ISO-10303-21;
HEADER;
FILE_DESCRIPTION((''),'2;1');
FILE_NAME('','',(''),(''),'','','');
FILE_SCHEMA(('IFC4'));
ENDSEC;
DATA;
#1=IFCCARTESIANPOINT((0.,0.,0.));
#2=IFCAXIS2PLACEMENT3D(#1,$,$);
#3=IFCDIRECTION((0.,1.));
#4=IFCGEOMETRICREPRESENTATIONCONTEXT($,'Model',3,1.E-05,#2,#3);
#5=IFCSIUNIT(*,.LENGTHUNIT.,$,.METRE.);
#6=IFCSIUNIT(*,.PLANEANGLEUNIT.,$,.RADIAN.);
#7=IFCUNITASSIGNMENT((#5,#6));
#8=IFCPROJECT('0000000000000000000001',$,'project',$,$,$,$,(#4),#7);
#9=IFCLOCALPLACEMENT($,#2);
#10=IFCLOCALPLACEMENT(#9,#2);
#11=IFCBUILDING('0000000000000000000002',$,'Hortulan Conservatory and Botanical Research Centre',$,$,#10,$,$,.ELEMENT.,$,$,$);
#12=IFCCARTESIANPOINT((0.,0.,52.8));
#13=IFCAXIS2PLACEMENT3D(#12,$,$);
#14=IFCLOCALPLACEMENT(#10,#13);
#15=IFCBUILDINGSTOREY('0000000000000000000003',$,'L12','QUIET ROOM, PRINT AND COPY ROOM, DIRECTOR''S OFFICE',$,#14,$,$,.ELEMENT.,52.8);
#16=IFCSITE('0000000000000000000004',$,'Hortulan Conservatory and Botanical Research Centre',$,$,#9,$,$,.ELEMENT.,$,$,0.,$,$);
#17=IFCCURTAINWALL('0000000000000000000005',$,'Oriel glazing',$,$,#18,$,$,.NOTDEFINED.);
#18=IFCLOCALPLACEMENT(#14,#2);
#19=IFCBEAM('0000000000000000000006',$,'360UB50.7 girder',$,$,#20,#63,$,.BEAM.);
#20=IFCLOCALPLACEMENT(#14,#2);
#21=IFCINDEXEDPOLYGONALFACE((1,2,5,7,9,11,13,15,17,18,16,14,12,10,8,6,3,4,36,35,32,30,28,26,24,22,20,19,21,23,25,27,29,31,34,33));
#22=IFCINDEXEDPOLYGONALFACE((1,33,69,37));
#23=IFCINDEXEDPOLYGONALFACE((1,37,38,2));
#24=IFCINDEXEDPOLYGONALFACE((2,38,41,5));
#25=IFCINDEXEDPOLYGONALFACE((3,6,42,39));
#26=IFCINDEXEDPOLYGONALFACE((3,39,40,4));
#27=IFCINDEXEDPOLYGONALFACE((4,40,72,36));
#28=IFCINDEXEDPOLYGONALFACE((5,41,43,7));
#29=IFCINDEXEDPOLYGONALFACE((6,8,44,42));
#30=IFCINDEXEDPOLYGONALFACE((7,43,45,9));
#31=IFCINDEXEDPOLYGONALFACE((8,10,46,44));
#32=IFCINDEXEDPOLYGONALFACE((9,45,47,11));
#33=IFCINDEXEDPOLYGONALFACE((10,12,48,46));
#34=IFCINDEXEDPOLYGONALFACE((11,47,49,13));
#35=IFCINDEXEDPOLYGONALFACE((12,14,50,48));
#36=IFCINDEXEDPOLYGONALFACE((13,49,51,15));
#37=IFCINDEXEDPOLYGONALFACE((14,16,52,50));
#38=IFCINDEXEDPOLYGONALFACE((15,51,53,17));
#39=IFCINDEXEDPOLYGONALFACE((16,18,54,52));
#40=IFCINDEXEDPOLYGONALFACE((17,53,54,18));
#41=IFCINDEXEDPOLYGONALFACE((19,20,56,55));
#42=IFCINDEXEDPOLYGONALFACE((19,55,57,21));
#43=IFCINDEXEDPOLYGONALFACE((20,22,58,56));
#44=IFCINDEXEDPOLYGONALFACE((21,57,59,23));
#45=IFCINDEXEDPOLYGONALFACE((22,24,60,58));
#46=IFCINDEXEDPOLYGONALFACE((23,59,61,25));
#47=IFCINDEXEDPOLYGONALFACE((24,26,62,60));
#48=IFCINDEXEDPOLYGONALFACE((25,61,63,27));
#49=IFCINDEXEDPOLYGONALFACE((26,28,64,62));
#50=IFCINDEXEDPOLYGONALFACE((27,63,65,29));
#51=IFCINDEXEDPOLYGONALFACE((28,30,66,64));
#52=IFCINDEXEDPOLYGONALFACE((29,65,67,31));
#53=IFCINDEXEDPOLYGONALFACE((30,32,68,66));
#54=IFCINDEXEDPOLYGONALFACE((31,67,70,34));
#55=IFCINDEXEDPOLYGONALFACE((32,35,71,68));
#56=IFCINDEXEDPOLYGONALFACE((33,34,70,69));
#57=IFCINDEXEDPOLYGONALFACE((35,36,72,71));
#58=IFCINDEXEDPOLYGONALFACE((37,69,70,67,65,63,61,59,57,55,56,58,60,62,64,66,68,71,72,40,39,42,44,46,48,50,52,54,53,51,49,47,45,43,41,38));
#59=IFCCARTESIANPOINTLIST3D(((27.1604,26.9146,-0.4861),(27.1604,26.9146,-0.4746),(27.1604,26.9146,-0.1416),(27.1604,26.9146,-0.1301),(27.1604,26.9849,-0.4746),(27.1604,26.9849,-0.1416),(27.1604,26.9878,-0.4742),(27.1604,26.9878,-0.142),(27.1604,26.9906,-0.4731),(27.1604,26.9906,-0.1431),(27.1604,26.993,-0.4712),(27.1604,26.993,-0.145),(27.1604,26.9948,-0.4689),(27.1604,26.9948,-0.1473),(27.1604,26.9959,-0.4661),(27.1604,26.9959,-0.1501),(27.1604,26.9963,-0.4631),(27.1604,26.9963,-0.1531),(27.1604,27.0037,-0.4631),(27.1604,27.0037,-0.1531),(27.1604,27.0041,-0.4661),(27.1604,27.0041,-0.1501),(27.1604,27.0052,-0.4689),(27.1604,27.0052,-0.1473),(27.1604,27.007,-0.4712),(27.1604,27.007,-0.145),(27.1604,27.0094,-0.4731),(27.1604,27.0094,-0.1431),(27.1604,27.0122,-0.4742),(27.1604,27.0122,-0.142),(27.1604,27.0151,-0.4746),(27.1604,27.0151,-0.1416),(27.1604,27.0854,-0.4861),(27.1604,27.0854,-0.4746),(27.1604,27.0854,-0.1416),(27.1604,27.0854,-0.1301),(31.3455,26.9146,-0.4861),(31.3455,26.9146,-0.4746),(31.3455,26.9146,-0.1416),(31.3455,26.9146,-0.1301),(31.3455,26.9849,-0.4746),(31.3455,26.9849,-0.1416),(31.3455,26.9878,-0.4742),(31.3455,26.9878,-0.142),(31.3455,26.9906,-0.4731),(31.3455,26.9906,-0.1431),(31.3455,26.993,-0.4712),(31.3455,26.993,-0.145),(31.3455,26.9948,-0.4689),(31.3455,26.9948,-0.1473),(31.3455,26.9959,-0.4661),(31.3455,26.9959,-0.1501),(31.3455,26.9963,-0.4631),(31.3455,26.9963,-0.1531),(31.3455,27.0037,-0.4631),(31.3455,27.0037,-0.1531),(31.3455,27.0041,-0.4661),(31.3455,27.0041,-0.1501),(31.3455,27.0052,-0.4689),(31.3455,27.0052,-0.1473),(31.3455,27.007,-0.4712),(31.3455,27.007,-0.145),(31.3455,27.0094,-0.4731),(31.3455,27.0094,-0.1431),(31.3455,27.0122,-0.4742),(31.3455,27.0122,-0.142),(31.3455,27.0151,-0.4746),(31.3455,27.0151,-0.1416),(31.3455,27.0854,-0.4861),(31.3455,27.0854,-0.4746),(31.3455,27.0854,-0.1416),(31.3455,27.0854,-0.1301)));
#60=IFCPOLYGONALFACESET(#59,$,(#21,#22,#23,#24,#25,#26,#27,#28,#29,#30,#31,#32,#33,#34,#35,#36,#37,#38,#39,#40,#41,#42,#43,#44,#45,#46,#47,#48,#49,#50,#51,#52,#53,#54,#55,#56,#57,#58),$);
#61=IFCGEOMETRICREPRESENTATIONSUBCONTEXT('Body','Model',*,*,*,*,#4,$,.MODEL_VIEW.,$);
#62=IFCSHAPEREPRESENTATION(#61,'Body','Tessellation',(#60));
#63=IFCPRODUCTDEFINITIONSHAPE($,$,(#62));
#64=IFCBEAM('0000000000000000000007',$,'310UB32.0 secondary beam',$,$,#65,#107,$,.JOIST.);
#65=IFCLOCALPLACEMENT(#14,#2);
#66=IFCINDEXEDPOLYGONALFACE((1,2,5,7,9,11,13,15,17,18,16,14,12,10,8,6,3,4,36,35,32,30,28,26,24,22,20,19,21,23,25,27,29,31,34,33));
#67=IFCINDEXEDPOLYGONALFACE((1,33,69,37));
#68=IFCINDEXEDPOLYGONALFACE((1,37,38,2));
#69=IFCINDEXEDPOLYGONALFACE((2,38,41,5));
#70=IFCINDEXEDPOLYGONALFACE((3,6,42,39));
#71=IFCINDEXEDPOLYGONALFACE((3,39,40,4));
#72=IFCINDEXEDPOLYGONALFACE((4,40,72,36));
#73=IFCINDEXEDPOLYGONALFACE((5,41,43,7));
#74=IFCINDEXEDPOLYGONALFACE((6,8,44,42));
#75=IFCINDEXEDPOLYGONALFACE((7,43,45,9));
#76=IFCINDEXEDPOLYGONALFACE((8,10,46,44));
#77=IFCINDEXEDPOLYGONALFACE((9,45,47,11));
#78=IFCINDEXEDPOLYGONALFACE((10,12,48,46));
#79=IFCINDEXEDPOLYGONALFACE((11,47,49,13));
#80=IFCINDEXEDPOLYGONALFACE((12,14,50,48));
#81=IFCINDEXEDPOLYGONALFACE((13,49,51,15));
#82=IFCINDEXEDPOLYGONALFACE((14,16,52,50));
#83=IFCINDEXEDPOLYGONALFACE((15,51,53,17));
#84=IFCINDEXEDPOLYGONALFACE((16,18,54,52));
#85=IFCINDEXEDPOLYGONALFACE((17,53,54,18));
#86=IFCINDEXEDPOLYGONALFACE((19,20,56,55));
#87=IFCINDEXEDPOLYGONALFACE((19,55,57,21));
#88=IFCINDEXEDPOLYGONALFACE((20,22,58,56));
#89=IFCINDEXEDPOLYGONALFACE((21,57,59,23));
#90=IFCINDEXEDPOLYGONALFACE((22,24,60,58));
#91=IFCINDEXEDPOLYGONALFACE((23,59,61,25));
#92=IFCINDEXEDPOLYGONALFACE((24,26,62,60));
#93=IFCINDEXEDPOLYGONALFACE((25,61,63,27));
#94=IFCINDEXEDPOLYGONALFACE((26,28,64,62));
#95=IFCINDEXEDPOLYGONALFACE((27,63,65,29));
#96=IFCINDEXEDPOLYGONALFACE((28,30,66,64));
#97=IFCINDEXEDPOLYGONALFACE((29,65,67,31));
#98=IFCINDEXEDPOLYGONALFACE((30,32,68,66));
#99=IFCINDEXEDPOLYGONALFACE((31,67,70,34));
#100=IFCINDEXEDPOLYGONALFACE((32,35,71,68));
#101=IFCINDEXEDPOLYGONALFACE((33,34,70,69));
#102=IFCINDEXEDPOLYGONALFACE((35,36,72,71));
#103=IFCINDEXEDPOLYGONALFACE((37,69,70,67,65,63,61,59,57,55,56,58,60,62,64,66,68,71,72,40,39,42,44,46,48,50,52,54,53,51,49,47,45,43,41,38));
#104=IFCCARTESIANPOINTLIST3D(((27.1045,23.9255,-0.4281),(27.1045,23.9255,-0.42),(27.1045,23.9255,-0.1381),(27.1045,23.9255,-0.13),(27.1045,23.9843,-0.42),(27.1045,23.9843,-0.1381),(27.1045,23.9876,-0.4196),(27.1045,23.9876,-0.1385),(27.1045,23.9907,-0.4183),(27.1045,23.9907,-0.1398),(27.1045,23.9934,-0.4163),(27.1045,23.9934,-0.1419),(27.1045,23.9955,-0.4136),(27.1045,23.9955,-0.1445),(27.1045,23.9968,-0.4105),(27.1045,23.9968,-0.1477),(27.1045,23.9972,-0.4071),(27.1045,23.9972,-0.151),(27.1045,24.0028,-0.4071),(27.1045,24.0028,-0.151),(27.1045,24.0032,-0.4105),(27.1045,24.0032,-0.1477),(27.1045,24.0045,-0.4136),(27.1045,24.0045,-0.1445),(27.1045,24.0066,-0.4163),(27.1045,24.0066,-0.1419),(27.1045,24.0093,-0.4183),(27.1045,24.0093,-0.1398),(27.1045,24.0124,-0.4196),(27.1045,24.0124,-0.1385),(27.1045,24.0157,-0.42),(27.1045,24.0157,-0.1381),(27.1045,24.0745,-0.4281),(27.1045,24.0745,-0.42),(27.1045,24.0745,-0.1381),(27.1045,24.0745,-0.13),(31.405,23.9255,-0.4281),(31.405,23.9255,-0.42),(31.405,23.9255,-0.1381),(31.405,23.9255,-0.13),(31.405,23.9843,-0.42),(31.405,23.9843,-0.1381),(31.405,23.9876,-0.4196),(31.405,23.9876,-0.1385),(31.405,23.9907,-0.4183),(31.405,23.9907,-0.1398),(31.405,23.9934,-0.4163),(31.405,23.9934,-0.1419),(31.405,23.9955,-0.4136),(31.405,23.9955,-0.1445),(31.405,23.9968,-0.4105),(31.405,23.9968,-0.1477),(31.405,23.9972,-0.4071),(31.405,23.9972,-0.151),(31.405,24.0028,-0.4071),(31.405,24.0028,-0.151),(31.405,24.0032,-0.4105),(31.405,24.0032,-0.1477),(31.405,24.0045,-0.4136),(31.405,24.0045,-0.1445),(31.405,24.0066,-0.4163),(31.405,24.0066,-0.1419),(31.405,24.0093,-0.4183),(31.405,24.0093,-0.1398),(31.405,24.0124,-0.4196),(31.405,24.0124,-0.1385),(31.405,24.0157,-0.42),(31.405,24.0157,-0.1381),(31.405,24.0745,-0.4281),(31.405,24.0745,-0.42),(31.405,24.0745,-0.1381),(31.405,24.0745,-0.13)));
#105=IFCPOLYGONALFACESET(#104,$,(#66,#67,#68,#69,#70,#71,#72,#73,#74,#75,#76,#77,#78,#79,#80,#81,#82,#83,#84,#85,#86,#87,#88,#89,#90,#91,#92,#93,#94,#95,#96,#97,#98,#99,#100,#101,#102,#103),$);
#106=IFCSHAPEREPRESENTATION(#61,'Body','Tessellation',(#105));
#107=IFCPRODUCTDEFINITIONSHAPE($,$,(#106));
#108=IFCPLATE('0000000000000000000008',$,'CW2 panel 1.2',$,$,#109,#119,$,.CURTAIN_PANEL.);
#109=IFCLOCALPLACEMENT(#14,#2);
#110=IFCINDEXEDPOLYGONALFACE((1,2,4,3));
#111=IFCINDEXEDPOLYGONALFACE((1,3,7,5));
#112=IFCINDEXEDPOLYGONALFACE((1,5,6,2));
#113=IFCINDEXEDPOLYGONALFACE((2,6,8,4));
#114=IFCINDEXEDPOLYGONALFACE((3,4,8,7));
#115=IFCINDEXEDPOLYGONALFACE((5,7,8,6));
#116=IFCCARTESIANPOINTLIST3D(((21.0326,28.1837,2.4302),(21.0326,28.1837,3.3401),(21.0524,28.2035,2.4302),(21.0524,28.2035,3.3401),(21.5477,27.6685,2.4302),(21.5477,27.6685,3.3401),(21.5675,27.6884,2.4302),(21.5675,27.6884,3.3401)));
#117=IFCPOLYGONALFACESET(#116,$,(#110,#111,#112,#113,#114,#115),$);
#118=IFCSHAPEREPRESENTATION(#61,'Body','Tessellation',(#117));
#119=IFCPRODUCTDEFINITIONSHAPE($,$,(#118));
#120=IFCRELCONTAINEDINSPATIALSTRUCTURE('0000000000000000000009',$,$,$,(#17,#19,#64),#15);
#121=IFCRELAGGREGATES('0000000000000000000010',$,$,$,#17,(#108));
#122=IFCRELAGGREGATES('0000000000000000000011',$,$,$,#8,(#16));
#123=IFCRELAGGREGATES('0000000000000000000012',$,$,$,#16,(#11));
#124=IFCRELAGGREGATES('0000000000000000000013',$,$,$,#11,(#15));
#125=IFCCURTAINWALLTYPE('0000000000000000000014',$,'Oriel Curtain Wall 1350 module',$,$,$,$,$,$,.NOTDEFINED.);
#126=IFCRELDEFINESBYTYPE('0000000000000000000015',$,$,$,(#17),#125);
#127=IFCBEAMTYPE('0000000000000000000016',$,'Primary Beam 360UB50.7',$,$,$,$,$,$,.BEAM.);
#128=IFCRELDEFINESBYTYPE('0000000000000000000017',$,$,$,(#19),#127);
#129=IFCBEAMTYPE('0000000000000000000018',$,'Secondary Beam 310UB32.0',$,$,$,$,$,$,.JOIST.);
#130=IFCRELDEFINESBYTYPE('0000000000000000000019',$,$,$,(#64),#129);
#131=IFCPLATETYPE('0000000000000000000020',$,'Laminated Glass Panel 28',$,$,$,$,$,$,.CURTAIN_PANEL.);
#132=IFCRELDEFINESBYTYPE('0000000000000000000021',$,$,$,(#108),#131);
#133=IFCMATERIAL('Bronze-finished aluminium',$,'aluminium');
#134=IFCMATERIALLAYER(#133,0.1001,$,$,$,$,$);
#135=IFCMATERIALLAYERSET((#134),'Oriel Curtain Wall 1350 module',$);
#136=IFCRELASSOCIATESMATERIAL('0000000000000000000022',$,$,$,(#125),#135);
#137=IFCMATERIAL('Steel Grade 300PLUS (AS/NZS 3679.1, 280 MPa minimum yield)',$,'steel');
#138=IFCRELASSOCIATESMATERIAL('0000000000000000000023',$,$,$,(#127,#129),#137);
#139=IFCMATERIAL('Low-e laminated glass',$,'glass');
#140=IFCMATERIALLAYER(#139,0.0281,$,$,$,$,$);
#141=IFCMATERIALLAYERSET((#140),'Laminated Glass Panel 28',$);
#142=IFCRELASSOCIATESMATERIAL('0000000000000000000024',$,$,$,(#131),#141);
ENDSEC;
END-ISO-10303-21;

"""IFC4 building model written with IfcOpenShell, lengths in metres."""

from ifc_helpers import new_model, si_unit, direction, frame, origin, origin_2d, place, context, subcontext, project, spatial, rectangle, i_section, extrude, material, layer, layer_set, material_profile, profile_set, type_object, element, aggregate, save


model = new_model("IFC4")

# Units and contexts
model_context = context("Model", 3, precision=1e-05, world=origin(), true_north=direction((0.0, 1.0)))
body_context = subcontext(model_context, "Body", "Model", "MODEL_VIEW")
ifc_project = project(units=[si_unit("LENGTHUNIT", "METRE"), si_unit("PLANEANGLEUNIT", "RADIAN")], contexts=[model_context])

# Site, building, storey
site_placement = place(None, origin())
site = spatial("IfcSite", under=ifc_project, at=site_placement, Name="Hortulan Conservatory and Botanical Research Centre", CompositionType="ELEMENT", RefElevation=0.0)
building_placement = place(site_placement, origin())
building = spatial("IfcBuilding", under=site, at=building_placement, Name="Hortulan Conservatory and Botanical Research Centre", CompositionType="ELEMENT")
storey_placement = place(building_placement, frame((0.0, 0.0, 52.8)))
storey = spatial("IfcBuildingStorey", under=building, at=storey_placement, Name="L12", Description="QUIET ROOM, PRINT AND COPY ROOM, DIRECTOR'S OFFICE", CompositionType="ELEMENT", Elevation=52.8)

# Shared definitions
ifc_material_1 = material(Name="Steel Grade 300PLUS (AS/NZS 3679.1, 280 MPa minimum yield)", Category="steel")

# Curtain wall
ifc_material_2 = material(Name="Bronze-finished aluminium", Category="aluminium")
ifc_layer_1 = layer(ifc_material_2, 0.1001)
ifc_layer_set_1 = layer_set([ifc_layer_1], Name="Oriel Curtain Wall 1350 module")
curtain_wall_type = type_object("IfcCurtainWallType", Name="Oriel Curtain Wall 1350 module", PredefinedType="NOTDEFINED", material=ifc_layer_set_1)
curtain_wall_placement = place(storey_placement, origin())
curtain_wall = element("IfcCurtainWall", 1, at=curtain_wall_placement, inside=storey, type_object=curtain_wall_type, Name="Oriel glazing", PredefinedType="NOTDEFINED")

# Beams
ifc_material_profile_1 = material_profile(ifc_material_1, i_section(OverallWidth=0.1709, OverallDepth=0.356, WebThickness=0.0073, FlangeThickness=0.0115, FilletRadius=0.0115, at=origin_2d()), Name="360UB50.7")
ifc_profile_set_1 = profile_set([ifc_material_profile_1], Name="Steel Grade 300PLUS (AS/NZS 3679.1, 280 MPa minimum yield)")
beam_type_1 = type_object("IfcBeamType", Name="Primary Beam 360UB50.7", PredefinedType="BEAM", material=ifc_profile_set_1)
beam_1_placement = place(storey_placement, frame((27.1604, 27.0, -0.3081), z_axis=(1.0, 0.0, 0.0), x_axis=(0.0, 1.0, 0.0)))
element("IfcBeam", 2, at=beam_1_placement, inside=storey, type_object=beam_type_1, Name="360UB50.7 girder", PredefinedType="BEAM", context=body_context, shape_type="SweptSolid", body=[
    extrude(i_section(OverallWidth=0.1709, OverallDepth=0.356, WebThickness=0.0073, FlangeThickness=0.0115, FilletRadius=0.0115, at=origin_2d()), origin(), (0.0, 0.0, 1.0), 4.1851),
])
ifc_material_profile_2 = material_profile(ifc_material_1, i_section(OverallWidth=0.1489, OverallDepth=0.2981, WebThickness=0.0056, FlangeThickness=0.0081, FilletRadius=0.0129, at=origin_2d()), Name="310UB32.0")
ifc_profile_set_2 = profile_set([ifc_material_profile_2], Name="Steel Grade 300PLUS (AS/NZS 3679.1, 280 MPa minimum yield)")
beam_type_2 = type_object("IfcBeamType", Name="Secondary Beam 310UB32.0", PredefinedType="JOIST", material=ifc_profile_set_2)
beam_2_placement = place(storey_placement, frame((27.1045, 24.0, -0.2791), z_axis=(1.0, 0.0, 0.0), x_axis=(0.0, 1.0, 0.0)))
element("IfcBeam", 3, at=beam_2_placement, inside=storey, type_object=beam_type_2, Name="310UB32.0 secondary beam", PredefinedType="JOIST", context=body_context, shape_type="SweptSolid", body=[
    extrude(i_section(OverallWidth=0.1489, OverallDepth=0.2981, WebThickness=0.0056, FlangeThickness=0.0081, FilletRadius=0.0129, at=origin_2d()), origin(), (0.0, 0.0, 1.0), 4.3005),
])

# Plate
ifc_material_3 = material(Name="Low-e laminated glass", Category="glass")
ifc_layer_2 = layer(ifc_material_3, 0.0281)
ifc_layer_set_2 = layer_set([ifc_layer_2], Name="Laminated Glass Panel 28")
plate_type = type_object("IfcPlateType", Name="Laminated Glass Panel 28", PredefinedType="CURTAIN_PANEL", material=ifc_layer_set_2)
plate_placement = place(storey_placement, frame((21.3, 27.936, 2.4302), z_axis=(0.0, 0.0, 1.0), x_axis=(0.707107, -0.707107, 0.0)))
plate = element("IfcPlate", 4, at=plate_placement, type_object=plate_type, Name="CW2 panel 1.2", PredefinedType="CURTAIN_PANEL", context=body_context, shape_type="SweptSolid", body=[
    extrude(rectangle(XDim=0.7285, YDim=0.0281, at=origin_2d()), origin(), (0.0, 0.0, 1.0), 0.9099),
])
aggregate(curtain_wall, [plate])

save(model, "model.ifc")
